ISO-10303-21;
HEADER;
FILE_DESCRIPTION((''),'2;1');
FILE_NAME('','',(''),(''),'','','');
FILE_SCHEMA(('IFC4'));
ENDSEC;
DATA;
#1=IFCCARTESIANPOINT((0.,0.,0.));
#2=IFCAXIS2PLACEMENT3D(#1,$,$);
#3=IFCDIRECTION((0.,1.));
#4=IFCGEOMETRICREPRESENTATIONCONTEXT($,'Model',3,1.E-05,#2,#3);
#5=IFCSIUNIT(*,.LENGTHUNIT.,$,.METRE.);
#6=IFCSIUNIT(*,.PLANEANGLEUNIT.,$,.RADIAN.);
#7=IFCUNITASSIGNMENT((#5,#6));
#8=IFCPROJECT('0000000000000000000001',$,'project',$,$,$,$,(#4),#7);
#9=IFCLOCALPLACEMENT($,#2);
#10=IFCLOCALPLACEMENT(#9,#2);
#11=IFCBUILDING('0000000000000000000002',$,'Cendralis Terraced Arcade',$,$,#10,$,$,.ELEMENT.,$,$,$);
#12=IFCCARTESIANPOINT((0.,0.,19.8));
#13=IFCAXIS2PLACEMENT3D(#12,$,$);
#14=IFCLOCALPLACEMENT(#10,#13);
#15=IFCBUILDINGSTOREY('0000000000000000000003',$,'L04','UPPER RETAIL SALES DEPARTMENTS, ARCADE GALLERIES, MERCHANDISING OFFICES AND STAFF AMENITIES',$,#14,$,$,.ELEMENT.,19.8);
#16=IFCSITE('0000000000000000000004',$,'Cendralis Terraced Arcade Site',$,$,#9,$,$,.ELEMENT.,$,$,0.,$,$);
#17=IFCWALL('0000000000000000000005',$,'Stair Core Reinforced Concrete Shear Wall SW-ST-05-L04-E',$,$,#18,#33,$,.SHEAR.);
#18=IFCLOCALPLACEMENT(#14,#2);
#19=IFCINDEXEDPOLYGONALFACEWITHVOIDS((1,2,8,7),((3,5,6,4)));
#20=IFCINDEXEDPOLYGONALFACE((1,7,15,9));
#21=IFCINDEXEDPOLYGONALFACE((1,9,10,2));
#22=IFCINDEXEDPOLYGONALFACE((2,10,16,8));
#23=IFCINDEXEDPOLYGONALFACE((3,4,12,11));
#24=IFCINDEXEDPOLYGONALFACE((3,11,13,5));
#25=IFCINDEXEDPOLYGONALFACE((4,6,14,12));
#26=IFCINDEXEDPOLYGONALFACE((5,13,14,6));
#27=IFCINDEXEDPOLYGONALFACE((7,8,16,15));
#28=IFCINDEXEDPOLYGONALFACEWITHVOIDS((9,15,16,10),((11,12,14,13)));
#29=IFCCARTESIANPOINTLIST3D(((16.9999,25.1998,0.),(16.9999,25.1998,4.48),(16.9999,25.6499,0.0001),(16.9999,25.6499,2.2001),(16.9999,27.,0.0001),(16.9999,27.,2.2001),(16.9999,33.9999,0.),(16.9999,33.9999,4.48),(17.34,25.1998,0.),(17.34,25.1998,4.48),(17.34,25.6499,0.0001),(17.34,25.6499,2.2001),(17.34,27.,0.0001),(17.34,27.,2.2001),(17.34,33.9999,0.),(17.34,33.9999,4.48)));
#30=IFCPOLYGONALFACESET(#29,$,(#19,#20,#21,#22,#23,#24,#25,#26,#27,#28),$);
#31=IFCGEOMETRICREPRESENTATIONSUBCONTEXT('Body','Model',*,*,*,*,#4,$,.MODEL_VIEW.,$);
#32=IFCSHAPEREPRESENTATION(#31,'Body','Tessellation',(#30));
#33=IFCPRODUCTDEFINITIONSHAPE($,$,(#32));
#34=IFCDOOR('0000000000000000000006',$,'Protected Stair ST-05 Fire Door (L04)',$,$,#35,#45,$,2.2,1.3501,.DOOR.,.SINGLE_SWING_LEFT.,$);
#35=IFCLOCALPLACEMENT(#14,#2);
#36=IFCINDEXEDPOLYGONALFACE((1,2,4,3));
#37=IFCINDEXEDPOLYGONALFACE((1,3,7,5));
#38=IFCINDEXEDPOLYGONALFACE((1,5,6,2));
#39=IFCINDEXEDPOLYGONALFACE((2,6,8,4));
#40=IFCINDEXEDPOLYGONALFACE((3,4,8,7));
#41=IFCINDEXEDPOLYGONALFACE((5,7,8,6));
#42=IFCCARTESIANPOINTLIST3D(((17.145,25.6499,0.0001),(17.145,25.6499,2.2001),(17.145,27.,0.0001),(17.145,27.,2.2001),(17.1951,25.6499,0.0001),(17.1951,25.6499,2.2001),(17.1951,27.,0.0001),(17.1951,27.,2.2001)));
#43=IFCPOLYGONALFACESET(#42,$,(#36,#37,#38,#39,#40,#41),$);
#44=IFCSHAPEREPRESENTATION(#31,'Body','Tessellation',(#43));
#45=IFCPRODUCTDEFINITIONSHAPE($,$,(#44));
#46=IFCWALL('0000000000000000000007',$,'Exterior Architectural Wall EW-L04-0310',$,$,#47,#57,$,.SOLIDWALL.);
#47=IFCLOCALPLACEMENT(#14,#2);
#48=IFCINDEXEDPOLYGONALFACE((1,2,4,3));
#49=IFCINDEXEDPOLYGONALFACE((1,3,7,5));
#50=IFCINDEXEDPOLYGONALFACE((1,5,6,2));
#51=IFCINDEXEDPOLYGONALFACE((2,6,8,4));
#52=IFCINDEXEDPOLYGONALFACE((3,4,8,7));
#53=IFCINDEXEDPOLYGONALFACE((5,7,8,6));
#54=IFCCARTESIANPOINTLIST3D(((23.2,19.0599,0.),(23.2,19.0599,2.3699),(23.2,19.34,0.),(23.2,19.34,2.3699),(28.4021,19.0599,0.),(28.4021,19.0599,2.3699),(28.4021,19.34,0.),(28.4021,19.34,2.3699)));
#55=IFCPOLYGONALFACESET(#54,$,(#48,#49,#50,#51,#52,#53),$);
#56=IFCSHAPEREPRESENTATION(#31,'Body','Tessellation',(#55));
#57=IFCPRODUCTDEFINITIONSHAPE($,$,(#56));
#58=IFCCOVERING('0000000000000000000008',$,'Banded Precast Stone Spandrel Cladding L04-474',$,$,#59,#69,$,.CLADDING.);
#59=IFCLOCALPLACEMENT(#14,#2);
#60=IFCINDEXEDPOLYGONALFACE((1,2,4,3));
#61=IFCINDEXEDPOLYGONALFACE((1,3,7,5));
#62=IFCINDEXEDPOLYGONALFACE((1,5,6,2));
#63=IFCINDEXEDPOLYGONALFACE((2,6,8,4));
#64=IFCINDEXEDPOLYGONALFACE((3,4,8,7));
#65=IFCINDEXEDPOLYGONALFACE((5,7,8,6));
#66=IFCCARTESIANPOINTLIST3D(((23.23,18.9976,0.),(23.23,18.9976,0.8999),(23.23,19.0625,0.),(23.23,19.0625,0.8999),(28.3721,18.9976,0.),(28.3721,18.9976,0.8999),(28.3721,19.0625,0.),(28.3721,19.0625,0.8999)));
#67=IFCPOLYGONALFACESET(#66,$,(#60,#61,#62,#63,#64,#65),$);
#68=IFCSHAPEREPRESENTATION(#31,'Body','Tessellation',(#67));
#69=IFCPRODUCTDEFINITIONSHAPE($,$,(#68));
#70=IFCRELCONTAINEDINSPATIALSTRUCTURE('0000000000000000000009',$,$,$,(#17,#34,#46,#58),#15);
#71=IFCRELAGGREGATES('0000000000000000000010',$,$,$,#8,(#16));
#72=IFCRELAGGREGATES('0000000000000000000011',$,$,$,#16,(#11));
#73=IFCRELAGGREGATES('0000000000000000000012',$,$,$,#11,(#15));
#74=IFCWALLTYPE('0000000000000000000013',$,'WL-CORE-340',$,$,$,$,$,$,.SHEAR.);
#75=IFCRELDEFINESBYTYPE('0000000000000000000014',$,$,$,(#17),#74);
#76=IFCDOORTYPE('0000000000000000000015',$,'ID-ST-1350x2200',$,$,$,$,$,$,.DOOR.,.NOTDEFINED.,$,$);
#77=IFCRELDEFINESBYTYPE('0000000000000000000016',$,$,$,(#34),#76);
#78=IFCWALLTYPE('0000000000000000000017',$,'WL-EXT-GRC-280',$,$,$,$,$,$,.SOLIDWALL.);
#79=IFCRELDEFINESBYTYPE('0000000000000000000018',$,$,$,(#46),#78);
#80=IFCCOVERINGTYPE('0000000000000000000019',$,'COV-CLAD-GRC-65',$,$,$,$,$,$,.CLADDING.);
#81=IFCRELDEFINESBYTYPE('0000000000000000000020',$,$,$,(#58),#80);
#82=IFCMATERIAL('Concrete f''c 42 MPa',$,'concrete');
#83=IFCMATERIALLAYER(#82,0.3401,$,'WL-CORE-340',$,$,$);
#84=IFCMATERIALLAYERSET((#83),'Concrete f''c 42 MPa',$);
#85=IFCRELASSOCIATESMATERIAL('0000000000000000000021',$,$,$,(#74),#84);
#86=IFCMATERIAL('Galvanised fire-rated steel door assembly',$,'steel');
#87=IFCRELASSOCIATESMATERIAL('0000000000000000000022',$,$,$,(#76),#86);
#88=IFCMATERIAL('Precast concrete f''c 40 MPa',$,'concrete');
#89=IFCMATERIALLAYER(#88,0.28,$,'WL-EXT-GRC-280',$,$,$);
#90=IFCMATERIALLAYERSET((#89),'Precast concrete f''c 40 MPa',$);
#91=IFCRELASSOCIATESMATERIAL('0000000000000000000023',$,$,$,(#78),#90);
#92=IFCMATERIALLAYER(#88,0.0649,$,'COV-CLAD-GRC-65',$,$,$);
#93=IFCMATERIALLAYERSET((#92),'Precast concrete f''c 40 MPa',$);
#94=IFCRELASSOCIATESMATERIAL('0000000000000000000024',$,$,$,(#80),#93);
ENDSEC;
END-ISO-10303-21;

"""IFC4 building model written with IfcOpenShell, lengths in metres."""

from ifc_helpers import new_model, si_unit, direction, frame, frame_2d, origin, origin_2d, place, context, subcontext, project, spatial, rectangle, extrude, material, layer, layer_set, type_object, element, fill, save


model = new_model("IFC4")

# Units and contexts
model_context = context("Model", 3, precision=1e-05, world=origin(), true_north=direction((0.0, 1.0)))
body_context = subcontext(model_context, "Body", "Model", "MODEL_VIEW")
ifc_project = project(units=[si_unit("LENGTHUNIT", "METRE"), si_unit("PLANEANGLEUNIT", "RADIAN")], contexts=[model_context])

# Site, building, storey
site_placement = place(None, origin())
site = spatial("IfcSite", under=ifc_project, at=site_placement, Name="Cendralis Terraced Arcade Site", CompositionType="ELEMENT", RefElevation=0.0)
building_placement = place(site_placement, origin())
building = spatial("IfcBuilding", under=site, at=building_placement, Name="Cendralis Terraced Arcade", CompositionType="ELEMENT")
storey_placement = place(building_placement, frame((0.0, 0.0, 19.8)))
storey = spatial("IfcBuildingStorey", under=building, at=storey_placement, Name="L04", Description="UPPER RETAIL SALES DEPARTMENTS, ARCADE GALLERIES, MERCHANDISING OFFICES AND STAFF AMENITIES", CompositionType="ELEMENT", Elevation=19.8)

# Shared definitions
ifc_material_1 = material(Name="Concrete f'c 42 MPa", Category="concrete")

# Wall, opening, door
ifc_layer_1 = layer(ifc_material_1, 0.3401, Name="WL-CORE-340")
ifc_layer_set_1 = layer_set([ifc_layer_1], Name="Concrete f'c 42 MPa")
wall_type_1 = type_object("IfcWallType", Name="WL-CORE-340", PredefinedType="SHEAR", material=ifc_layer_set_1)
wall_1_placement = place(storey_placement, frame((17.1699, 25.2, 0.0), z_axis=(0.0, 0.0, 1.0), x_axis=(0.0, 1.0, 0.0)))
wall_1 = element("IfcWall", 1, at=wall_1_placement, inside=storey, type_object=wall_type_1, Name="Stair Core Reinforced Concrete Shear Wall SW-ST-05-L04-E", PredefinedType="SHEAR", context=body_context, shape_type="SweptSolid", body=[
    extrude(rectangle(XDim=8.8, YDim=0.3401, at=frame_2d((4.3999, 0.0))), origin(), (0.0, 0.0, 1.0), 4.48),
])
opening_placement = place(wall_1_placement, frame((0.45, 0.0, 0.0)))
opening = element("IfcOpeningElement", 2, at=opening_placement, cuts=wall_1, PredefinedType="OPENING", context=body_context, shape_type="SweptSolid", body=[
    extrude(rectangle(XDim=1.3501, YDim=2.2, at=frame_2d((0.675, 1.1001))), frame((0.0, 0.1821, 0.0), z_axis=(0.0, -1.0, 0.0), x_axis=(1.0, 0.0, 0.0)), (0.0, 0.0, 1.0), 0.364),
])
ifc_material_2 = material(Name="Galvanised fire-rated steel door assembly", Category="steel")
door_type = type_object("IfcDoorType", Name="ID-ST-1350x2200", OperationType="NOTDEFINED", PredefinedType="DOOR", material=ifc_material_2)
door_placement = place(opening_placement, origin())
door = element("IfcDoor", 3, at=door_placement, inside=storey, type_object=door_type, Name="Protected Stair ST-05 Fire Door (L04)", OperationType="SINGLE_SWING_LEFT", OverallHeight=2.2, OverallWidth=1.3501, PredefinedType="DOOR", context=body_context, shape_type="SweptSolid", body=[
    extrude(rectangle(XDim=1.3501, YDim=2.2, at=frame_2d((0.675, 1.1001))), frame((0.0, 0.0249, 0.0), z_axis=(0.0, -1.0, 0.0), x_axis=(1.0, 0.0, 0.0)), (0.0, 0.0, 1.0), 0.05),
])
fill(opening, door)

# Wall
ifc_material_3 = material(Name="Precast concrete f'c 40 MPa", Category="concrete")
ifc_layer_2 = layer(ifc_material_3, 0.28, Name="WL-EXT-GRC-280")
ifc_layer_set_2 = layer_set([ifc_layer_2], Name="Precast concrete f'c 40 MPa")
wall_type_2 = type_object("IfcWallType", Name="WL-EXT-GRC-280", PredefinedType="SOLIDWALL", material=ifc_layer_set_2)
wall_2_placement = place(storey_placement, frame((28.4021, 19.2, 0.0), z_axis=(0.0, 0.0, 1.0), x_axis=(-1.0, 0.0, 0.0)))
element("IfcWall", 4, at=wall_2_placement, inside=storey, type_object=wall_type_2, Name="Exterior Architectural Wall EW-L04-0310", PredefinedType="SOLIDWALL", context=body_context, shape_type="SweptSolid", body=[
    extrude(rectangle(XDim=5.2021, YDim=0.28, at=frame_2d((2.6011, 0.0))), origin(), (0.0, 0.0, 1.0), 2.3699),
])

# Covering
ifc_layer_3 = layer(ifc_material_3, 0.0649, Name="COV-CLAD-GRC-65")
ifc_layer_set_3 = layer_set([ifc_layer_3], Name="Precast concrete f'c 40 MPa")
covering_type = type_object("IfcCoveringType", Name="COV-CLAD-GRC-65", PredefinedType="CLADDING", material=ifc_layer_set_3)
covering_placement = place(storey_placement, frame((25.801, 19.03, 0.0), z_axis=(0.0, 0.0, 1.0), x_axis=(-1.0, 0.0, 0.0)))
element("IfcCovering", 5, at=covering_placement, inside=storey, type_object=covering_type, Name="Banded Precast Stone Spandrel Cladding L04-474", PredefinedType="CLADDING", context=body_context, shape_type="SweptSolid", body=[
    extrude(rectangle(XDim=5.1421, YDim=0.0649, at=origin_2d()), origin(), (0.0, 0.0, 1.0), 0.8999),
])

save(model, "model.ifc")
